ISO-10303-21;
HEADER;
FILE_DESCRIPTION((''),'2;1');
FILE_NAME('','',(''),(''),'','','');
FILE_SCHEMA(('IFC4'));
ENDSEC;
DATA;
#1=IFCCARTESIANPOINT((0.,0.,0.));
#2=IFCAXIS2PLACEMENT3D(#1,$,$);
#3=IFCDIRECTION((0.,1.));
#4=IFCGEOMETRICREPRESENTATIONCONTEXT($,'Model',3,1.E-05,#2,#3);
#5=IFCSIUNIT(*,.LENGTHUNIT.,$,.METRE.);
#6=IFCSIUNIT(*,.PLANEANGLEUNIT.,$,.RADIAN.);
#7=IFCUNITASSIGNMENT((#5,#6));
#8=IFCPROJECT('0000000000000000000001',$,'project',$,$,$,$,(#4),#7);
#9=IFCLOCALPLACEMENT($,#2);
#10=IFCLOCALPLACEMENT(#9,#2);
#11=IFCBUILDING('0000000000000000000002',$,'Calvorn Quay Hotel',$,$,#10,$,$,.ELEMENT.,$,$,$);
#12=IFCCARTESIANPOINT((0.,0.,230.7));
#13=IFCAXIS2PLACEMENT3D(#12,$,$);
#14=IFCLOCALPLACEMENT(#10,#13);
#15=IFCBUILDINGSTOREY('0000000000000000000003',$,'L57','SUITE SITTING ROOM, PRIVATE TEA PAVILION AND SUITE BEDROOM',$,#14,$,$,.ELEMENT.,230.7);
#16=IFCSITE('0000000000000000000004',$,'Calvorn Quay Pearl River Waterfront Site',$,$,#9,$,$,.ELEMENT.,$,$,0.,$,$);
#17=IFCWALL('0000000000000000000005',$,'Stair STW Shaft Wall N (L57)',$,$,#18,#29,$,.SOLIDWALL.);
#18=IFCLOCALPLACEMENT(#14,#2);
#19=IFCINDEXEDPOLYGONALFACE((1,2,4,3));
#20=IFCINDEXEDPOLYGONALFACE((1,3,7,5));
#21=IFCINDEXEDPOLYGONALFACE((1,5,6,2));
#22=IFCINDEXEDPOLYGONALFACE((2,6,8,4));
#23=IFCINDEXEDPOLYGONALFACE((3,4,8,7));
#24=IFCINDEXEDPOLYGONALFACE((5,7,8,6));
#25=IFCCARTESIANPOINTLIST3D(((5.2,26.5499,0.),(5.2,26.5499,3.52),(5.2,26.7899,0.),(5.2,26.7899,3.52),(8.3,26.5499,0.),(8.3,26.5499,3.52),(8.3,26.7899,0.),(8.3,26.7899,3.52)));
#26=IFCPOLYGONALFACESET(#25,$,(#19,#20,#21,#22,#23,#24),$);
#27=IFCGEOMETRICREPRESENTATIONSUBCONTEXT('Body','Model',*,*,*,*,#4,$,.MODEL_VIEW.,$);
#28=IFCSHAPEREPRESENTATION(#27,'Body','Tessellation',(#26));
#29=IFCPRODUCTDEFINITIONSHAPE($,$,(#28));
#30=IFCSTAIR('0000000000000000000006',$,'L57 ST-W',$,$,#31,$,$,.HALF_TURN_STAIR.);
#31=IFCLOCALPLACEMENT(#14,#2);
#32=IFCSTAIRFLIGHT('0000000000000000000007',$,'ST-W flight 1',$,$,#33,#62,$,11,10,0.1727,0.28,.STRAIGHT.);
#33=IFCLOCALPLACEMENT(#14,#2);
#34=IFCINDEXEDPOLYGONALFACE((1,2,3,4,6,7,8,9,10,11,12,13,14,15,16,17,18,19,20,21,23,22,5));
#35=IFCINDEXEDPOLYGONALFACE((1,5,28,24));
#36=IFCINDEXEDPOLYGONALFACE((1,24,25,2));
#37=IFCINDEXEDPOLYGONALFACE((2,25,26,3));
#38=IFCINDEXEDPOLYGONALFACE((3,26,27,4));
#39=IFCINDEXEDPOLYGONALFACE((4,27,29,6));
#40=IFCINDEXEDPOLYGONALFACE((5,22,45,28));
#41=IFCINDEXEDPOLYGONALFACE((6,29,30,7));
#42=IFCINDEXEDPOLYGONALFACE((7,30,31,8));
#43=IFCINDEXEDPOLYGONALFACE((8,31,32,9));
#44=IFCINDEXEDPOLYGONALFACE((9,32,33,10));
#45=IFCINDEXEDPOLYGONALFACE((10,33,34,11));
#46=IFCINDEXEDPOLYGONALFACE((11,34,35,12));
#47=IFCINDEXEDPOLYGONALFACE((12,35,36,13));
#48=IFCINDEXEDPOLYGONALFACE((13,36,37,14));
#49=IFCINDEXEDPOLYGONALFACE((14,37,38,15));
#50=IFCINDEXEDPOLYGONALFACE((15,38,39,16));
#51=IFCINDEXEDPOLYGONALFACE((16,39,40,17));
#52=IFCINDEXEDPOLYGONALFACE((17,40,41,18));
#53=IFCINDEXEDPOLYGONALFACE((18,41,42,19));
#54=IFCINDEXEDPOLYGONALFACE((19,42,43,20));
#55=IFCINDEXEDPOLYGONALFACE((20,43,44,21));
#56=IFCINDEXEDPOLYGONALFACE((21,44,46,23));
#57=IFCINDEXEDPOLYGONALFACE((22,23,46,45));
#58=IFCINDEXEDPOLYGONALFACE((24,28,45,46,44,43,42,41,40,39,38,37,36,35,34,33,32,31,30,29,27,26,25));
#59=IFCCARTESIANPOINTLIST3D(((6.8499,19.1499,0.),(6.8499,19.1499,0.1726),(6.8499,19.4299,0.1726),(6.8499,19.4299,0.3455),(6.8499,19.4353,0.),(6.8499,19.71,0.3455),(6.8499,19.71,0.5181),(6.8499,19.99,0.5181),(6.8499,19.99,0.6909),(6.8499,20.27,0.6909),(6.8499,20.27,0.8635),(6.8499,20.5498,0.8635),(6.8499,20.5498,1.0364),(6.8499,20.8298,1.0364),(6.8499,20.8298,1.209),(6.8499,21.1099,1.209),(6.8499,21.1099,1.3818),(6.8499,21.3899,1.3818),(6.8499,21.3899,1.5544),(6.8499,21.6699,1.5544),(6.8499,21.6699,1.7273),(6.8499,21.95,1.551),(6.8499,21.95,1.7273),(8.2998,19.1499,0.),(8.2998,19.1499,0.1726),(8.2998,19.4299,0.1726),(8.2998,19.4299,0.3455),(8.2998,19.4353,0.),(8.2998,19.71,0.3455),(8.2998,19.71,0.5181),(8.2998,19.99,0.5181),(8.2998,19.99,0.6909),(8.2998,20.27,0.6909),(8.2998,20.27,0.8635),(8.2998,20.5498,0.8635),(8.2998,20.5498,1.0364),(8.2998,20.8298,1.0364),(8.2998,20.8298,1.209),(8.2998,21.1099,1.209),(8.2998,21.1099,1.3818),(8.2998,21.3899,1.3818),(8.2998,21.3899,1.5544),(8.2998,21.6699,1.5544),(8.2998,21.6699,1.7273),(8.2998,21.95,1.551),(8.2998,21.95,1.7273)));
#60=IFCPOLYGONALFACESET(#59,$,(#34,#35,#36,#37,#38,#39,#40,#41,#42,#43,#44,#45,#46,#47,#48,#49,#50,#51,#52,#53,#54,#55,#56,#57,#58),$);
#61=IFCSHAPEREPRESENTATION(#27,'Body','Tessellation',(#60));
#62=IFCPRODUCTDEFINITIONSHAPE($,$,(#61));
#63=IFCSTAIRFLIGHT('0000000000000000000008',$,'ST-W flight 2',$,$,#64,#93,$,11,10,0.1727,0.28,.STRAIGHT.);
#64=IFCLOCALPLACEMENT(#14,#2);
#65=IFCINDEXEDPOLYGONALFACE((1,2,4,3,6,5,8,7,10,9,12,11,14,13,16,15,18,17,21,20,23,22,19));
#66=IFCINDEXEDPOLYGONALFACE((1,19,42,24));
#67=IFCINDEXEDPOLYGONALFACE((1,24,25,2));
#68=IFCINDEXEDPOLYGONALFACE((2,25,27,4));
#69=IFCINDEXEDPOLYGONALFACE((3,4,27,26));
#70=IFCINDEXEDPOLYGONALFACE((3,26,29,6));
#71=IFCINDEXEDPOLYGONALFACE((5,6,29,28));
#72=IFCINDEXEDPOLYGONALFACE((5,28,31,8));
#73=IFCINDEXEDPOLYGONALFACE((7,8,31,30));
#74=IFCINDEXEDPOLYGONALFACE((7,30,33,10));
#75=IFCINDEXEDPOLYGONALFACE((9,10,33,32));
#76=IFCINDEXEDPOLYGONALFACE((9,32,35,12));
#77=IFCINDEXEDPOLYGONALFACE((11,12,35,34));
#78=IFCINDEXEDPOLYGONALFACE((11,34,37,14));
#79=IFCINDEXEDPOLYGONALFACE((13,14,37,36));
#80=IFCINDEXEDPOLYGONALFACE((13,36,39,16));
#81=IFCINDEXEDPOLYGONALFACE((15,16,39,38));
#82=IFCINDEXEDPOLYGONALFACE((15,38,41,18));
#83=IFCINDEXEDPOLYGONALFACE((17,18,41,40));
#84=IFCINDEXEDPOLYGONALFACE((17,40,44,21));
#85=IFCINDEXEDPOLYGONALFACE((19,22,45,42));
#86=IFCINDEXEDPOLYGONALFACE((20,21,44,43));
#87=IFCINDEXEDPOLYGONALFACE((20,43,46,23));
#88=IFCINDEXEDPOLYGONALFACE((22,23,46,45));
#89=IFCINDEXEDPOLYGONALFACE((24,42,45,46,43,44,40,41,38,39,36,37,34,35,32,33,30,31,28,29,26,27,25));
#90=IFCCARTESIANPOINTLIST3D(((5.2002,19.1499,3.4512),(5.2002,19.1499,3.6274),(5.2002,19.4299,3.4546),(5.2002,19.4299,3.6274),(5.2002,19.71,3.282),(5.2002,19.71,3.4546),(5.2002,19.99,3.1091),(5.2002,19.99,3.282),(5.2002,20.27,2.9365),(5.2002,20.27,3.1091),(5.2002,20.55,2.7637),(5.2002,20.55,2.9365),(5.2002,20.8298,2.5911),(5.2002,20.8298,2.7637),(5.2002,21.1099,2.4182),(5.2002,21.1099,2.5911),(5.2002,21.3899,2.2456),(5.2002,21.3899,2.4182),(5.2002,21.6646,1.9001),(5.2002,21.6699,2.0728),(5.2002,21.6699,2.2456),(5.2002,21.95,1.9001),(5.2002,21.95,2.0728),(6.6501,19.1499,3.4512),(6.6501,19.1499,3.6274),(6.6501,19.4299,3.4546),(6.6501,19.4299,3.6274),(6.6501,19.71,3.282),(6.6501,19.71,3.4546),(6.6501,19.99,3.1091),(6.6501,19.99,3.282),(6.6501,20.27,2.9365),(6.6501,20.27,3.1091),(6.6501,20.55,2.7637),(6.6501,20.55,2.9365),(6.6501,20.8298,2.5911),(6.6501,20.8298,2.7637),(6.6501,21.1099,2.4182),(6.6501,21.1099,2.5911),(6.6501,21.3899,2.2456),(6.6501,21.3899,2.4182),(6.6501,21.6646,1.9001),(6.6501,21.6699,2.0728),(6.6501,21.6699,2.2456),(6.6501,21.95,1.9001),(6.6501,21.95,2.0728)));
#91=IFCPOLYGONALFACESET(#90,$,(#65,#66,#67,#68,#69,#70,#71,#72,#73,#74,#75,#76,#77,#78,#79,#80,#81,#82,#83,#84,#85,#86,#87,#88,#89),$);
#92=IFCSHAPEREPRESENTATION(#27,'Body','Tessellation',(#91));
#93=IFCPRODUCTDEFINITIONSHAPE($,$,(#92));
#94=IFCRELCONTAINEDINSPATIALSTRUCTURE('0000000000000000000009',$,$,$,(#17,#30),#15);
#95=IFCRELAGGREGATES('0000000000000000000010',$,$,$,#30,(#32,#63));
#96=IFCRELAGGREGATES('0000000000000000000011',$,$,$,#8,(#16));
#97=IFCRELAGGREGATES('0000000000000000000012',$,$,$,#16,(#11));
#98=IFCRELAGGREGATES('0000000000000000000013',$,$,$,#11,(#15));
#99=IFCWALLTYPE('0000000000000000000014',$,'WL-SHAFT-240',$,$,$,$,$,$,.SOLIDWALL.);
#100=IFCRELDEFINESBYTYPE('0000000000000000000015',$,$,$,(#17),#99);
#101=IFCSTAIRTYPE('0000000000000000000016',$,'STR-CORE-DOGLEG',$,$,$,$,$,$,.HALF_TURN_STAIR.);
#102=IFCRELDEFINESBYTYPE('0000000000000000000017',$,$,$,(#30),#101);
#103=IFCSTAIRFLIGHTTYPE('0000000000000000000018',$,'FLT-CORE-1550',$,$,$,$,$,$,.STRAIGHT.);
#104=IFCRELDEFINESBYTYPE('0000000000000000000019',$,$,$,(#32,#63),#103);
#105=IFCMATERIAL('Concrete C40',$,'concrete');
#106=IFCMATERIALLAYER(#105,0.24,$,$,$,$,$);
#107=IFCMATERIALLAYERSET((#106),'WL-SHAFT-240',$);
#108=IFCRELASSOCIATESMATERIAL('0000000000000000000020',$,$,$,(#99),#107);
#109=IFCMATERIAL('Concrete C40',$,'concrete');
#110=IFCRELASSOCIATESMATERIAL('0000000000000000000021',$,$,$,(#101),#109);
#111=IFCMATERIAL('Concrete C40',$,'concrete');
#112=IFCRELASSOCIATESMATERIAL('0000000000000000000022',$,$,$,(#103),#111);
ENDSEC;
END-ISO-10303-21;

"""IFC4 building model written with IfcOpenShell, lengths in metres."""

from ifc_helpers import new_model, si_unit, direction, frame, frame_2d, origin, place, context, subcontext, project, spatial, polyline, rectangle, outline, extrude, material, layer, layer_set, type_object, element, aggregate, save


model = new_model("IFC4")

# Units and contexts
model_context = context("Model", 3, precision=1e-05, world=origin(), true_north=direction((0.0, 1.0)))
body_context = subcontext(model_context, "Body", "Model", "MODEL_VIEW")
ifc_project = project(units=[si_unit("LENGTHUNIT", "METRE"), si_unit("PLANEANGLEUNIT", "RADIAN")], contexts=[model_context])

# Site, building, storey
site_placement = place(None, origin())
site = spatial("IfcSite", under=ifc_project, at=site_placement, Name="Calvorn Quay Pearl River Waterfront Site", CompositionType="ELEMENT", RefElevation=0.0)
building_placement = place(site_placement, origin())
building = spatial("IfcBuilding", under=site, at=building_placement, Name="Calvorn Quay Hotel", CompositionType="ELEMENT")
storey_placement = place(building_placement, frame((0.0, 0.0, 230.7)))
storey = spatial("IfcBuildingStorey", under=building, at=storey_placement, Name="L57", Description="SUITE SITTING ROOM, PRIVATE TEA PAVILION AND SUITE BEDROOM", CompositionType="ELEMENT", Elevation=230.7)

# Wall
ifc_material_1 = material(Name="Concrete C40", Category="concrete")
ifc_layer_1 = layer(ifc_material_1, 0.24)
ifc_layer_set_1 = layer_set([ifc_layer_1], Name="WL-SHAFT-240")
wall_type_1 = type_object("IfcWallType", Name="WL-SHAFT-240", PredefinedType="SOLIDWALL", material=ifc_layer_set_1)
wall_1_placement = place(storey_placement, frame((5.2, 26.6699, 0.0), z_axis=(0.0, 0.0, 1.0), x_axis=(1.0, 0.0, 0.0)))
element("IfcWall", 1, at=wall_1_placement, inside=storey, type_object=wall_type_1, Name="Stair STW Shaft Wall N (L57)", PredefinedType="SOLIDWALL", context=body_context, shape_type="SweptSolid", body=[
    extrude(rectangle(XDim=3.1001, YDim=0.24, at=frame_2d((1.55, 0.0))), origin(), (0.0, 0.0, 1.0), 3.52),
])

# Stair, stair flights
ifc_material_2 = material(Name="Concrete C40", Category="concrete")
stair_type = type_object("IfcStairType", Name="STR-CORE-DOGLEG", PredefinedType="HALF_TURN_STAIR", material=ifc_material_2)
stair_placement = place(storey_placement, origin())
stair = element("IfcStair", 2, at=stair_placement, inside=storey, type_object=stair_type, Name="L57 ST-W", PredefinedType="HALF_TURN_STAIR")
ifc_material_3 = material(Name="Concrete C40", Category="concrete")
stair_flight_type = type_object("IfcStairFlightType", Name="FLT-CORE-1550", PredefinedType="STRAIGHT", material=ifc_material_3)
stair_flight_1_placement = place(storey_placement, frame((7.575, 19.1499, 0.0), z_axis=(0.0, 0.0, 1.0), x_axis=(0.0, 1.0, 0.0)))
stair_flight_1 = element("IfcStairFlight", 3, at=stair_flight_1_placement, type_object=stair_flight_type, Name="ST-W flight 1", NumberOfRisers=11, NumberOfTreads=10, PredefinedType="STRAIGHT", RiserHeight=0.1727, TreadLength=0.28, context=body_context, shape_type="SweptSolid", body=[
    extrude(outline(polyline([(0.0, 0.0), (0.0, 0.1726), (0.28, 0.1726), (0.28, 0.3455), (0.5601, 0.3455), (0.5601, 0.5181), (0.8401, 0.5181), (0.8401, 0.6909), (1.1201, 0.6909), (1.1201, 0.8635), (1.3999, 0.8635), (1.3999, 1.0364), (1.6799, 1.0364), (1.6799, 1.209), (1.96, 1.209), (1.96, 1.3818), (2.24, 1.3818), (2.24, 1.5544), (2.52, 1.5544), (2.52, 1.7273), (2.8, 1.7273), (2.8, 1.8999), (2.8, 1.551), (0.2854, 0.0), (0.0, 0.0)])), frame((0.0, 0.7251, 0.0), z_axis=(0.0, -1.0, 0.0), x_axis=(1.0, 0.0, 0.0)), (0.0, 0.0, 1.0), 1.45),
])
stair_flight_2_placement = place(storey_placement, frame((5.925, 21.95, 1.9001), z_axis=(0.0, 0.0, 1.0), x_axis=(0.0, -1.0, 0.0)))
stair_flight_2 = element("IfcStairFlight", 4, at=stair_flight_2_placement, type_object=stair_flight_type, Name="ST-W flight 2", NumberOfRisers=11, NumberOfTreads=10, PredefinedType="STRAIGHT", RiserHeight=0.1727, TreadLength=0.28, context=body_context, shape_type="SweptSolid", body=[
    extrude(outline(polyline([(0.0, 0.0), (0.0, 0.1726), (0.28, 0.1726), (0.28, 0.3455), (0.5601, 0.3455), (0.5601, 0.5181), (0.8401, 0.5181), (0.8401, 0.6909), (1.1201, 0.6909), (1.1201, 0.8635), (1.3999, 0.8635), (1.3999, 1.0364), (1.6799, 1.0364), (1.6799, 1.209), (1.96, 1.209), (1.96, 1.3818), (2.24, 1.3818), (2.24, 1.5544), (2.52, 1.5544), (2.52, 1.7273), (2.8, 1.7273), (2.8, 1.8999), (2.8, 1.551), (0.2854, 0.0), (0.0, 0.0)])), frame((0.0, 0.7251, 0.0), z_axis=(0.0, -1.0, 0.0), x_axis=(1.0, 0.0, 0.0)), (0.0, 0.0, 1.0), 1.45),
])
aggregate(stair, [stair_flight_1, stair_flight_2])

save(model, "model.ifc")
